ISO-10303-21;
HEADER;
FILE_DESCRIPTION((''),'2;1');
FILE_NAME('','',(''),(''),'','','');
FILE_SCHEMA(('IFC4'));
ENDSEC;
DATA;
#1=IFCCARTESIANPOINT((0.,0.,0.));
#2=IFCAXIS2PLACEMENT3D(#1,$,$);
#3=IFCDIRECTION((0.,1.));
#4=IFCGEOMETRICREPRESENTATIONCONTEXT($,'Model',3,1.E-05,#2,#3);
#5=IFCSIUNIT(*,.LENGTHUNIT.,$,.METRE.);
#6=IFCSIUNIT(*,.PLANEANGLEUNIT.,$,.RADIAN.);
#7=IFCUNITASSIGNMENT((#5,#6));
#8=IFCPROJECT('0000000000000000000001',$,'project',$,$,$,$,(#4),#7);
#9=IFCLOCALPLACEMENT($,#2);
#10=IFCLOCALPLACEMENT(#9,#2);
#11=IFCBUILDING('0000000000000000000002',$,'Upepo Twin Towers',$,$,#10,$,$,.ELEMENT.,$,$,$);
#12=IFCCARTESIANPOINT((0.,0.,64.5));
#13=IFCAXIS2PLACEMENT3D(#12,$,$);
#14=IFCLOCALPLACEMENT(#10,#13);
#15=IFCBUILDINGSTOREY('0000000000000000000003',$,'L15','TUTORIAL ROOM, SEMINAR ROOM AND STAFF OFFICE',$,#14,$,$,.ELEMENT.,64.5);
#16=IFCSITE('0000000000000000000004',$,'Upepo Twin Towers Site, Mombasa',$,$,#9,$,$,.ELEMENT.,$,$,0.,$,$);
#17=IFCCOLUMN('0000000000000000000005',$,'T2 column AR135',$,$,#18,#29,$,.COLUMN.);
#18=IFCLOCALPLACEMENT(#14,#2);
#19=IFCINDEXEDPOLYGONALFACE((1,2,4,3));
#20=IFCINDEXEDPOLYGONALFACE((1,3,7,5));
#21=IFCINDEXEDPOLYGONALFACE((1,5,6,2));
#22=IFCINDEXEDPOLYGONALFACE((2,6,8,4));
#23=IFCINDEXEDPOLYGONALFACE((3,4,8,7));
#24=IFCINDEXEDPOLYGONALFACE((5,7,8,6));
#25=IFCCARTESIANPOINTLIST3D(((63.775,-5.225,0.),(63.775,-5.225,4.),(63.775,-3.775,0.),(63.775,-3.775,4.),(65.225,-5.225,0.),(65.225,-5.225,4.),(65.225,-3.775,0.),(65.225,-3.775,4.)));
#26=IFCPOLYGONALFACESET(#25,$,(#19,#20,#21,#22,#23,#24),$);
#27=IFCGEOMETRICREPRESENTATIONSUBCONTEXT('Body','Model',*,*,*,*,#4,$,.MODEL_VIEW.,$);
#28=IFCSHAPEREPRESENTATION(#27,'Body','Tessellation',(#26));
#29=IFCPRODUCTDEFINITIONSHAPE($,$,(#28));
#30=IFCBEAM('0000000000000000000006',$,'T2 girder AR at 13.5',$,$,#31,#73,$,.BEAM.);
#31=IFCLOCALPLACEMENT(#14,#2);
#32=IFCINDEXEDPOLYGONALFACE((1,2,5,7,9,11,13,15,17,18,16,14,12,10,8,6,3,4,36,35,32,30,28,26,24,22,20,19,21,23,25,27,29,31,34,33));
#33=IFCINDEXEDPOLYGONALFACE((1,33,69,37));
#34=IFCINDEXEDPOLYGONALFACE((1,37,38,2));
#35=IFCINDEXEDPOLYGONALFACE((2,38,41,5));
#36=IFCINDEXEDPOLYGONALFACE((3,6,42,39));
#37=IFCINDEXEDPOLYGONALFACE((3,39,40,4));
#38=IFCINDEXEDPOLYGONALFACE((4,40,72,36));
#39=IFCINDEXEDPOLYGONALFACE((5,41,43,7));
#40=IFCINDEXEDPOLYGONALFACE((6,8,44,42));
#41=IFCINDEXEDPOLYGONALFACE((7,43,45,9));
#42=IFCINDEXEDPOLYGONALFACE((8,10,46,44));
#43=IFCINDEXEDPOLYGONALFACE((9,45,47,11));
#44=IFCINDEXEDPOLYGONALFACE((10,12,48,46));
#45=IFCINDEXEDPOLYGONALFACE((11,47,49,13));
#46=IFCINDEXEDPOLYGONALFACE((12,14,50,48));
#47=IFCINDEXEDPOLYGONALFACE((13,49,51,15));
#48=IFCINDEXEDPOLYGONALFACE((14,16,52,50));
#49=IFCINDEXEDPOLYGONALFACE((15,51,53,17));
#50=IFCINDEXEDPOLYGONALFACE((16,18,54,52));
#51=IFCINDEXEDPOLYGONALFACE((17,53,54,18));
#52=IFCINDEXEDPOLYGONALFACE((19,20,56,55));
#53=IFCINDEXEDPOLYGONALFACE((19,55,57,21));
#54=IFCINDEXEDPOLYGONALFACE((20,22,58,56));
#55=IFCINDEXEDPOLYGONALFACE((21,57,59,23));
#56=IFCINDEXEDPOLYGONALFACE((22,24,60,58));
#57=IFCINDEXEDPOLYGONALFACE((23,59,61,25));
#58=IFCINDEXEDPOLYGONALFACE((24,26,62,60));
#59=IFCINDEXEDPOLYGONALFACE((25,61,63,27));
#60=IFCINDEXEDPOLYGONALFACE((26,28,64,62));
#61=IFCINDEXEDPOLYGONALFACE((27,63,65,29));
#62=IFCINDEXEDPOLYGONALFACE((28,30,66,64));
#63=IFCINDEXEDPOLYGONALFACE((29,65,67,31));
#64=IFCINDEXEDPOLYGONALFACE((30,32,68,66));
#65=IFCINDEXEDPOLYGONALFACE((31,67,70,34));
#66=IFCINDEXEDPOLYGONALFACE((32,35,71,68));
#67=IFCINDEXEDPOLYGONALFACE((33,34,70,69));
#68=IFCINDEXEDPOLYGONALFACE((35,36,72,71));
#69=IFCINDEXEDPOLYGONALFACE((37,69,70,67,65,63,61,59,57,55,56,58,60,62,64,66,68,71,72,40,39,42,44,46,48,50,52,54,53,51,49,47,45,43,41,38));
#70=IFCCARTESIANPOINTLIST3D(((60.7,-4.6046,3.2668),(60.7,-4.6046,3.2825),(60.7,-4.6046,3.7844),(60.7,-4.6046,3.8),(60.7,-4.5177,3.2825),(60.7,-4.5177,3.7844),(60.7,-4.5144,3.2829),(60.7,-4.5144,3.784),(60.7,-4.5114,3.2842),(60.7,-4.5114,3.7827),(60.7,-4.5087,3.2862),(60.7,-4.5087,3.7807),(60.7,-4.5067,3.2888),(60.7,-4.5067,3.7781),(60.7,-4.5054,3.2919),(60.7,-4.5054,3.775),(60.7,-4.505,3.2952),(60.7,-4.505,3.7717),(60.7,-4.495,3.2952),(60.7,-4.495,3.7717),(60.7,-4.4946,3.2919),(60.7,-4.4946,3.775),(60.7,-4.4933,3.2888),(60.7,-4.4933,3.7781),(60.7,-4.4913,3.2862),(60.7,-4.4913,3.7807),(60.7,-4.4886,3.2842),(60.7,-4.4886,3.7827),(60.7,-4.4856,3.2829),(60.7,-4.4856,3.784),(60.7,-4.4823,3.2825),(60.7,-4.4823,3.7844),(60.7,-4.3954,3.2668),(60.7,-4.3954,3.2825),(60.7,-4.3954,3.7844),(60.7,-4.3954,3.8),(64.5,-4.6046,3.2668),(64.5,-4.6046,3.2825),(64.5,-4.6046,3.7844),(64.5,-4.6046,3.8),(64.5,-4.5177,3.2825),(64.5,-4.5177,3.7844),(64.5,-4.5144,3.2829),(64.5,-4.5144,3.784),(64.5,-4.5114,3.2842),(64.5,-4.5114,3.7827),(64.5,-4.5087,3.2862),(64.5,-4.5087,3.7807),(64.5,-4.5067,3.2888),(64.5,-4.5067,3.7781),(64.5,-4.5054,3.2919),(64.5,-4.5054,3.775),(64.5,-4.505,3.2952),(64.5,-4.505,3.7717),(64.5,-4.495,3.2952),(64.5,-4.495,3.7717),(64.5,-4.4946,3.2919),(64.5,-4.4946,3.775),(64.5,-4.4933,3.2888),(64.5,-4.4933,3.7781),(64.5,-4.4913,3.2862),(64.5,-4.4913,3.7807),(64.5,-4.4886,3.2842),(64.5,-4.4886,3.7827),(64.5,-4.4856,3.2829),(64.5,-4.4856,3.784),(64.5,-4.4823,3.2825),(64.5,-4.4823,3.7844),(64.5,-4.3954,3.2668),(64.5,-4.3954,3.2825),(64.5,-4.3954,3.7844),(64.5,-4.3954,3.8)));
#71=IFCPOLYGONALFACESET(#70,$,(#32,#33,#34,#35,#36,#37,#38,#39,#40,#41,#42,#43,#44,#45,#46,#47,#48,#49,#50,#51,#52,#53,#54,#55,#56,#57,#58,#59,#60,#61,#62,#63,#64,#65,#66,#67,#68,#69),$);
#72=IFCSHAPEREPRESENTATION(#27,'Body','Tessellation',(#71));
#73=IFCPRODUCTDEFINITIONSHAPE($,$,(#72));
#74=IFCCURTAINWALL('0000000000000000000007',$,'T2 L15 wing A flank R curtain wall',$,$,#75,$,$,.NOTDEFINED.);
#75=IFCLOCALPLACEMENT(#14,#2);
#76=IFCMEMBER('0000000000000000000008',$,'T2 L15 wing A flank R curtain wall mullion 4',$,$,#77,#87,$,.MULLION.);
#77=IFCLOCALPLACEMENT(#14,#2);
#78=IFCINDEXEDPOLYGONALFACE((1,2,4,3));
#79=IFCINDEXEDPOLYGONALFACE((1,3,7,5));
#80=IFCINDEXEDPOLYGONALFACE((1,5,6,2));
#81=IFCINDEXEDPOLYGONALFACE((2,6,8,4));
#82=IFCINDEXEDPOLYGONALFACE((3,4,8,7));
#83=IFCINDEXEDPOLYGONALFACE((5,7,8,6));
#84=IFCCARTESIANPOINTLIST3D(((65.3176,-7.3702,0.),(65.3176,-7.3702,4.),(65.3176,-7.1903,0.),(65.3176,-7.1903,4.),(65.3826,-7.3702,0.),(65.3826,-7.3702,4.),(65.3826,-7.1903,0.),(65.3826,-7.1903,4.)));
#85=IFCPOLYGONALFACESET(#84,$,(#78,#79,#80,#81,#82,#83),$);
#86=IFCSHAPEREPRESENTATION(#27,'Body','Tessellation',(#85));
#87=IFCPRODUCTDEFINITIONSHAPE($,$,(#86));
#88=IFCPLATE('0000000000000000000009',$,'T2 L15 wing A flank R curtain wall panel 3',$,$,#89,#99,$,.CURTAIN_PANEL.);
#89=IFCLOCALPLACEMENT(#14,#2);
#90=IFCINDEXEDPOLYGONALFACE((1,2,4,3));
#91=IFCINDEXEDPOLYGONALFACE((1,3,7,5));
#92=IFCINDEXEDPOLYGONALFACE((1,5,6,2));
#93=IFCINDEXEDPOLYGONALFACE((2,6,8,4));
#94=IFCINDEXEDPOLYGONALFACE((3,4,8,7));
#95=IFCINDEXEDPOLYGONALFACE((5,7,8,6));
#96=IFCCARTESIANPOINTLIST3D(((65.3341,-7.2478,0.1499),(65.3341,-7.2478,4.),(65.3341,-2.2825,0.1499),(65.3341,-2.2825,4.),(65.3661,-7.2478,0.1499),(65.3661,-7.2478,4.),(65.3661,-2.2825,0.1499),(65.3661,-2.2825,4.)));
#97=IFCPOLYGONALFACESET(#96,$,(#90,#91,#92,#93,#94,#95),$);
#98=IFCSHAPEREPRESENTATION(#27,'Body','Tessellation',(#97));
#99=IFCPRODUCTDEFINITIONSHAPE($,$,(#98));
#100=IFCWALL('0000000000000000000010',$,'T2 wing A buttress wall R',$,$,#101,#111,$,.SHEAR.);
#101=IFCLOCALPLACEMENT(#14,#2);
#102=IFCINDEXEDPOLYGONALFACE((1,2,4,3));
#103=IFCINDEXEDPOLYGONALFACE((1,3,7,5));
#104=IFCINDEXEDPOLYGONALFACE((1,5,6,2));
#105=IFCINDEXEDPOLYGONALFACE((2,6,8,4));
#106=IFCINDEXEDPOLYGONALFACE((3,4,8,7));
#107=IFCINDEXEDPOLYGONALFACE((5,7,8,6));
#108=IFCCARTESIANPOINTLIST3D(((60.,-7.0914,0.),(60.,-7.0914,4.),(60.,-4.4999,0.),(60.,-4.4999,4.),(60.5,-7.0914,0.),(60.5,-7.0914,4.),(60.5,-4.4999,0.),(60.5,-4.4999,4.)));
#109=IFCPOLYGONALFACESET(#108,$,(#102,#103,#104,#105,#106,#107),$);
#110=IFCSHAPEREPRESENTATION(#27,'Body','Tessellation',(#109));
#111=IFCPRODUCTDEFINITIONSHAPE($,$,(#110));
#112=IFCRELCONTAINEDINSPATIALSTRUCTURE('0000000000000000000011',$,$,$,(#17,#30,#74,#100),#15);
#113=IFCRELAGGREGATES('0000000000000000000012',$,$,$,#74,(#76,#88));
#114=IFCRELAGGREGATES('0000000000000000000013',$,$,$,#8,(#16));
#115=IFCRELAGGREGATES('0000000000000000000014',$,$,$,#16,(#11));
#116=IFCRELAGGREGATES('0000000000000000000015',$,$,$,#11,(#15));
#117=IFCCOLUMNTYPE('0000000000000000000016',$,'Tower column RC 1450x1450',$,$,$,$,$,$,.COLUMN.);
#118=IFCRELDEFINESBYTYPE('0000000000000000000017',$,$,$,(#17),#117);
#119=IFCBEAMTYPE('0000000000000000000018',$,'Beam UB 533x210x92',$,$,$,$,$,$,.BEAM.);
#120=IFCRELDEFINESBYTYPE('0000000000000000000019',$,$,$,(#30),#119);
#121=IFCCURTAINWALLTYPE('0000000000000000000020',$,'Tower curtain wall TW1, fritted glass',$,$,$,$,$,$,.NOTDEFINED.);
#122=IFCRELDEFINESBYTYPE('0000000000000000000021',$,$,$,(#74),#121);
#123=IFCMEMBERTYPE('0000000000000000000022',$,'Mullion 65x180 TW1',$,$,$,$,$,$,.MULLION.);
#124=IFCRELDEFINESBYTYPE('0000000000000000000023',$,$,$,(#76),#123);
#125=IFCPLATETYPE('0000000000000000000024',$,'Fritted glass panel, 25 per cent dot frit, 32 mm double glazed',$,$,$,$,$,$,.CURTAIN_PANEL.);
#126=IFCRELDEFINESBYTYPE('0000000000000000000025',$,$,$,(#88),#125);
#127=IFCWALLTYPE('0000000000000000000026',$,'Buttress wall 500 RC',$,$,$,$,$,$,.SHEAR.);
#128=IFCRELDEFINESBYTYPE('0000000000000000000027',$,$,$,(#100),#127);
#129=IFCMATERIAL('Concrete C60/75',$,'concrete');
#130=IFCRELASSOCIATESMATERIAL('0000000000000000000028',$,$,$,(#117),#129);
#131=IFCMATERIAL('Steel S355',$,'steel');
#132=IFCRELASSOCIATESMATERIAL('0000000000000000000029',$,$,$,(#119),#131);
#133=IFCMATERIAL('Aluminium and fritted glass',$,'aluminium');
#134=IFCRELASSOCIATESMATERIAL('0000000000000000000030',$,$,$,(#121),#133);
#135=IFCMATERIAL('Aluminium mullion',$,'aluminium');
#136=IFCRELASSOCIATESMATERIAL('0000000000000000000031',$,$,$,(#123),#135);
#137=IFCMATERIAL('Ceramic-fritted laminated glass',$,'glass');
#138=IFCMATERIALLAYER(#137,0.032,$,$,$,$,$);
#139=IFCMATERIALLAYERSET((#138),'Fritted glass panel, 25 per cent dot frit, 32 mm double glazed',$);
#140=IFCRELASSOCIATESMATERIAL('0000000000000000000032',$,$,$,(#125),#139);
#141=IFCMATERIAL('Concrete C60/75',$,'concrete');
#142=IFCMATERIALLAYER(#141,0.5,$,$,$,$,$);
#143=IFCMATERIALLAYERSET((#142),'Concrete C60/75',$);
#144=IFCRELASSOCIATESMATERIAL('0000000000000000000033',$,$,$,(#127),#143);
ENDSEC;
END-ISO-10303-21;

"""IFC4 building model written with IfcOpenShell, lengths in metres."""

from ifc_helpers import new_model, si_unit, direction, frame, frame_2d, origin, origin_2d, place, context, subcontext, project, spatial, rectangle, i_section, extrude, material, layer, layer_set, material_profile, profile_set, type_object, element, aggregate, save


model = new_model("IFC4")

# Units and contexts
model_context = context("Model", 3, precision=1e-05, world=origin(), true_north=direction((0.0, 1.0)))
body_context = subcontext(model_context, "Body", "Model", "MODEL_VIEW")
ifc_project = project(units=[si_unit("LENGTHUNIT", "METRE"), si_unit("PLANEANGLEUNIT", "RADIAN")], contexts=[model_context])

# Site, building, storey
site_placement = place(None, origin())
site = spatial("IfcSite", under=ifc_project, at=site_placement, Name="Upepo Twin Towers Site, Mombasa", CompositionType="ELEMENT", RefElevation=0.0)
building_placement = place(site_placement, origin())
building = spatial("IfcBuilding", under=site, at=building_placement, Name="Upepo Twin Towers", CompositionType="ELEMENT")
storey_placement = place(building_placement, frame((0.0, 0.0, 64.5)))
storey = spatial("IfcBuildingStorey", under=building, at=storey_placement, Name="L15", Description="TUTORIAL ROOM, SEMINAR ROOM AND STAFF OFFICE", CompositionType="ELEMENT", Elevation=64.5)

# Column
ifc_material_1 = material(Name="Concrete C60/75", Category="concrete")
ifc_material_profile_1 = material_profile(ifc_material_1, rectangle(XDim=1.45, YDim=1.45, at=origin_2d()), Name="RC 1450x1450")
ifc_profile_set_1 = profile_set([ifc_material_profile_1], Name="Concrete C60/75")
column_type = type_object("IfcColumnType", Name="Tower column RC 1450x1450", PredefinedType="COLUMN", material=ifc_profile_set_1)
column_placement = place(storey_placement, frame((64.5, -4.5, 0.0), z_axis=(0.0, 0.0, 1.0), x_axis=(1.0, 0.0, 0.0)))
element("IfcColumn", 1, at=column_placement, inside=storey, type_object=column_type, Name="T2 column AR135", PredefinedType="COLUMN", context=body_context, shape_type="SweptSolid", body=[
    extrude(rectangle(XDim=1.45, YDim=1.45, at=origin_2d()), origin(), (0.0, 0.0, 1.0), 4.0),
])

# Beam
ifc_material_2 = material(Name="Steel S355", Category="steel")
ifc_material_profile_2 = material_profile(ifc_material_2, i_section(OverallWidth=0.2092, OverallDepth=0.5332, WebThickness=0.01, FlangeThickness=0.0156, FilletRadius=0.0127, at=origin_2d()), Name="UB 533x210x92")
ifc_profile_set_2 = profile_set([ifc_material_profile_2], Name="Steel S355")
beam_type = type_object("IfcBeamType", Name="Beam UB 533x210x92", PredefinedType="BEAM", material=ifc_profile_set_2)
beam_placement = place(storey_placement, frame((64.5, -4.5, 3.5334), z_axis=(-1.0, 0.0, 0.0), x_axis=(0.0, -1.0, 0.0)))
element("IfcBeam", 2, at=beam_placement, inside=storey, type_object=beam_type, Name="T2 girder AR at 13.5", PredefinedType="BEAM", context=body_context, shape_type="SweptSolid", body=[
    extrude(i_section(OverallWidth=0.2092, OverallDepth=0.5332, WebThickness=0.01, FlangeThickness=0.0156, FilletRadius=0.0127, at=origin_2d()), origin(), (0.0, 0.0, 1.0), 3.8),
])

# Curtain wall, member, plate
ifc_material_3 = material(Name="Aluminium and fritted glass", Category="aluminium")
curtain_wall_type = type_object("IfcCurtainWallType", Name="Tower curtain wall TW1, fritted glass", PredefinedType="NOTDEFINED", material=ifc_material_3)
curtain_wall_placement = place(storey_placement, origin())
curtain_wall = element("IfcCurtainWall", 3, at=curtain_wall_placement, inside=storey, type_object=curtain_wall_type, Name="T2 L15 wing A flank R curtain wall", PredefinedType="NOTDEFINED")
ifc_material_4 = material(Name="Aluminium mullion", Category="aluminium")
ifc_material_profile_3 = material_profile(ifc_material_4, rectangle(XDim=0.0649, YDim=0.1799, at=origin_2d()), Name="MULLION 65x180")
ifc_profile_set_3 = profile_set([ifc_material_profile_3], Name="Aluminium mullion")
member_type = type_object("IfcMemberType", Name="Mullion 65x180 TW1", PredefinedType="MULLION", material=ifc_profile_set_3)
member_placement = place(storey_placement, frame((65.3501, -7.2803, 0.0), z_axis=(0.0, 0.0, 1.0), x_axis=(1.0, 0.0, 0.0)))
member = element("IfcMember", 4, at=member_placement, type_object=member_type, Name="T2 L15 wing A flank R curtain wall mullion 4", PredefinedType="MULLION", context=body_context, shape_type="SweptSolid", body=[
    extrude(rectangle(XDim=0.0649, YDim=0.1799, at=origin_2d()), origin(), (0.0, 0.0, 1.0), 4.0),
])
ifc_material_5 = material(Name="Ceramic-fritted laminated glass", Category="glass")
ifc_layer_1 = layer(ifc_material_5, 0.032)
ifc_layer_set_1 = layer_set([ifc_layer_1], Name="Fritted glass panel, 25 per cent dot frit, 32 mm double glazed")
plate_type = type_object("IfcPlateType", Name="Fritted glass panel, 25 per cent dot frit, 32 mm double glazed", PredefinedType="CURTAIN_PANEL", material=ifc_layer_set_1)
plate_placement = place(storey_placement, frame((65.3501, -4.7651, 0.1499), z_axis=(0.0, 0.0, 1.0), x_axis=(0.0, -1.0, 0.0)))
plate = element("IfcPlate", 5, at=plate_placement, type_object=plate_type, Name="T2 L15 wing A flank R curtain wall panel 3", PredefinedType="CURTAIN_PANEL", context=body_context, shape_type="SweptSolid", body=[
    extrude(rectangle(XDim=4.9653, YDim=0.032, at=origin_2d()), origin(), (0.0, 0.0, 1.0), 3.8501),
])
aggregate(curtain_wall, [member, plate])

# Wall
ifc_material_6 = material(Name="Concrete C60/75", Category="concrete")
ifc_layer_2 = layer(ifc_material_6, 0.5)
ifc_layer_set_2 = layer_set([ifc_layer_2], Name="Concrete C60/75")
wall_type_1 = type_object("IfcWallType", Name="Buttress wall 500 RC", PredefinedType="SHEAR", material=ifc_layer_set_2)
wall_1_placement = place(storey_placement, frame((60.25, -7.0916, 0.0), z_axis=(0.0, 0.0, 1.0), x_axis=(0.0, 1.0, 0.0)))
element("IfcWall", 6, at=wall_1_placement, inside=storey, type_object=wall_type_1, Name="T2 wing A buttress wall R", PredefinedType="SHEAR", context=body_context, shape_type="SweptSolid", body=[
    extrude(rectangle(XDim=2.5916, YDim=0.5, at=frame_2d((1.2959, 0.0))), origin(), (0.0, 0.0, 1.0), 4.0),
])

save(model, "model.ifc")
